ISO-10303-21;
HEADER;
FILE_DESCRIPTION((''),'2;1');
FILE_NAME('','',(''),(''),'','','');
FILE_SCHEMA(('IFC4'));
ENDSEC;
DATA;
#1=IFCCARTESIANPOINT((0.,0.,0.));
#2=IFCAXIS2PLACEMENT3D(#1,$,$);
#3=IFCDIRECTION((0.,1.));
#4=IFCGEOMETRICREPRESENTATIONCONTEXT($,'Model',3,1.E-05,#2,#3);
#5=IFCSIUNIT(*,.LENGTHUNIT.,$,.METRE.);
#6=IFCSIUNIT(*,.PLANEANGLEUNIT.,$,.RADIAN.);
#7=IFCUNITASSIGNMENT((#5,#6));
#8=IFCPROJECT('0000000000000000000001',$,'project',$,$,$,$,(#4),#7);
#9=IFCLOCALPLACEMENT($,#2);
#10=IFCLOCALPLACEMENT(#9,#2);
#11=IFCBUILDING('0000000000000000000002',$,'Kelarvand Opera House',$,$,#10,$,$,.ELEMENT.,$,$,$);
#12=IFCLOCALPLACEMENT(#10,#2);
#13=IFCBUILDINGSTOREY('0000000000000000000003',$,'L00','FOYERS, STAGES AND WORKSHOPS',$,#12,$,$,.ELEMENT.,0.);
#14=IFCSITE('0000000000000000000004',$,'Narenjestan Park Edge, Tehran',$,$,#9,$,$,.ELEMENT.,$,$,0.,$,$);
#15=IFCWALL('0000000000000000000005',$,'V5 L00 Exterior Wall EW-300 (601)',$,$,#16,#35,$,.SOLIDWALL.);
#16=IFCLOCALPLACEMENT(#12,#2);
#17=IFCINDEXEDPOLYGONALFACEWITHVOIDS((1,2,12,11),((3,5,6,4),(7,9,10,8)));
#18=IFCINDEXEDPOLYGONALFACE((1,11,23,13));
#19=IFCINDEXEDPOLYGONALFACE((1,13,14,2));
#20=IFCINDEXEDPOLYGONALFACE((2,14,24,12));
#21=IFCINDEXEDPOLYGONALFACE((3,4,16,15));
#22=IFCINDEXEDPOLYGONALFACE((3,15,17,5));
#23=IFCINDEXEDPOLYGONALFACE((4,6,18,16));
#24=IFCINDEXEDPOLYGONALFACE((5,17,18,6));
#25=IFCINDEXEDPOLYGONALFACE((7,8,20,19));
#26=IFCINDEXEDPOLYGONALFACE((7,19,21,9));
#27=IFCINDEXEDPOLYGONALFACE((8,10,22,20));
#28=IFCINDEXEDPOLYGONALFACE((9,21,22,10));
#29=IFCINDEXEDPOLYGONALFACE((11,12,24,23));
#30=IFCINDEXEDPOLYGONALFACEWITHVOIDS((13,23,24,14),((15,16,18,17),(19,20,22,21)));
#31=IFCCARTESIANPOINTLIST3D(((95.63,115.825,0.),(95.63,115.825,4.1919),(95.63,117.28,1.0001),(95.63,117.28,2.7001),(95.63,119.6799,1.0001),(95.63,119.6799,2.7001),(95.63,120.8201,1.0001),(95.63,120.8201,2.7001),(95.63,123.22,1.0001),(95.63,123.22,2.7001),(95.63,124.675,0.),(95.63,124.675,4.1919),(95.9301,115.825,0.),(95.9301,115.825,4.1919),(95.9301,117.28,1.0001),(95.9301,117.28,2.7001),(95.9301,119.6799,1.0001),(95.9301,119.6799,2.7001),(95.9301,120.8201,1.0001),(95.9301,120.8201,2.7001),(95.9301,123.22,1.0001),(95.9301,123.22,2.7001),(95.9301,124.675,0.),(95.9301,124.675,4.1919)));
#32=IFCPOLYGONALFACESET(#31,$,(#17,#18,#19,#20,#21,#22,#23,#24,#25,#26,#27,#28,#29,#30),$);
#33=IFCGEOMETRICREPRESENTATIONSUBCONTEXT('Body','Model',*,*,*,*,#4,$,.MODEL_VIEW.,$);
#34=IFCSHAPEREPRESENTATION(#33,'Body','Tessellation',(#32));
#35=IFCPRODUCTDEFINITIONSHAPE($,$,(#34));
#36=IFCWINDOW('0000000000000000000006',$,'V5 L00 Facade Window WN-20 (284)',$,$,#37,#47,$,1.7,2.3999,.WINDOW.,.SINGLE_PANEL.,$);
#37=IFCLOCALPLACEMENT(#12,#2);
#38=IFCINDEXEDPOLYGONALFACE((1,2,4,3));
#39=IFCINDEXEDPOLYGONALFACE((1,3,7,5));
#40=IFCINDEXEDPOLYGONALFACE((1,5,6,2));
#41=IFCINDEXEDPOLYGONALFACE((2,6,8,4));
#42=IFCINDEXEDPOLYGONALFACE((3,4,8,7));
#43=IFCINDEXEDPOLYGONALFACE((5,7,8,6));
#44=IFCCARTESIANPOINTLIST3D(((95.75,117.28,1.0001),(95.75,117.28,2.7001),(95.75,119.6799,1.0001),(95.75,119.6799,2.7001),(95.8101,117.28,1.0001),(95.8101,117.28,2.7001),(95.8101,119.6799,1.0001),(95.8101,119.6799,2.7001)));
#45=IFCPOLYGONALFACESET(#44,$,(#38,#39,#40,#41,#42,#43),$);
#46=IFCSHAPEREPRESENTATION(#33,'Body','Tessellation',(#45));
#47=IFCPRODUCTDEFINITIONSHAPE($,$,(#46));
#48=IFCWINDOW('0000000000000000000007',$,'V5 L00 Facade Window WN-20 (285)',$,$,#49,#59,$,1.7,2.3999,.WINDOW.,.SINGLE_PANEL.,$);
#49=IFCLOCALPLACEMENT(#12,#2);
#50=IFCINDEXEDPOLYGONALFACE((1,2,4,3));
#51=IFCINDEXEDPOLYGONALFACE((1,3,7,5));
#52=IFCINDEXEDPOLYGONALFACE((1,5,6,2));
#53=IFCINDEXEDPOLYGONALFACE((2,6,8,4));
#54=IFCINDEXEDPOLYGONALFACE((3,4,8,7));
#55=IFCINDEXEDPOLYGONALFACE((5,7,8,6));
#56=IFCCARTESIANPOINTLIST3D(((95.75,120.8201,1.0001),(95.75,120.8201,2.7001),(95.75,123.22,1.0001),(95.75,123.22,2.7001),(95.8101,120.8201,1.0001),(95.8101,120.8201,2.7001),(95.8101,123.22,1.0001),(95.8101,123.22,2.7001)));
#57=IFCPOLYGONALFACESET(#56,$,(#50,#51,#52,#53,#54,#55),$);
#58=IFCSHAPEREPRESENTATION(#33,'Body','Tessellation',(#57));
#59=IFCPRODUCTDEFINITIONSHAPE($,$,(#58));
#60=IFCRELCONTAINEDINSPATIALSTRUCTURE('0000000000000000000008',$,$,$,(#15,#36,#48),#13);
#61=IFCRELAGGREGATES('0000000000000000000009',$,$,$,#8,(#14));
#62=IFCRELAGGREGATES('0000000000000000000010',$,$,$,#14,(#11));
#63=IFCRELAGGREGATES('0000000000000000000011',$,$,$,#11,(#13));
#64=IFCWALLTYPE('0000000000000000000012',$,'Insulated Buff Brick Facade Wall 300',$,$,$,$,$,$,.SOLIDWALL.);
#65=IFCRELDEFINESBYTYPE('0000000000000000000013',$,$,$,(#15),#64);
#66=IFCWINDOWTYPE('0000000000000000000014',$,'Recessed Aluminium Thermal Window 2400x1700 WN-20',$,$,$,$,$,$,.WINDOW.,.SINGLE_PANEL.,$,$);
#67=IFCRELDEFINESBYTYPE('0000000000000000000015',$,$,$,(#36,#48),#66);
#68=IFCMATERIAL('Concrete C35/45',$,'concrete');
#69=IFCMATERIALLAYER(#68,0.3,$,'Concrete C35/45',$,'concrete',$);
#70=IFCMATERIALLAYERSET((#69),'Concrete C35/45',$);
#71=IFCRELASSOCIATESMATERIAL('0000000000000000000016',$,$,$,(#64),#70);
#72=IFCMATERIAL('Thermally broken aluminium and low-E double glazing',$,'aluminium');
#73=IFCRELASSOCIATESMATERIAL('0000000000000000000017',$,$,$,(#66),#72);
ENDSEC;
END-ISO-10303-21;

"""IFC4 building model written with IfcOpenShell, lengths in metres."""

from ifc_helpers import new_model, si_unit, direction, frame, frame_2d, origin, place, context, subcontext, project, spatial, rectangle, extrude, material, layer, layer_set, type_object, element, fill, save


model = new_model("IFC4")

# Units and contexts
model_context = context("Model", 3, precision=1e-05, world=origin(), true_north=direction((0.0, 1.0)))
body_context = subcontext(model_context, "Body", "Model", "MODEL_VIEW")
ifc_project = project(units=[si_unit("LENGTHUNIT", "METRE"), si_unit("PLANEANGLEUNIT", "RADIAN")], contexts=[model_context])

# Site, building, storey
site_placement = place(None, origin())
site = spatial("IfcSite", under=ifc_project, at=site_placement, Name="Narenjestan Park Edge, Tehran", CompositionType="ELEMENT", RefElevation=0.0)
building_placement = place(site_placement, origin())
building = spatial("IfcBuilding", under=site, at=building_placement, Name="Kelarvand Opera House", CompositionType="ELEMENT")
storey_placement = place(building_placement, origin())
storey = spatial("IfcBuildingStorey", under=building, at=storey_placement, Name="L00", Description="FOYERS, STAGES AND WORKSHOPS", CompositionType="ELEMENT", Elevation=0.0)

# Wall, openings, windows
ifc_material_1 = material(Name="Concrete C35/45", Category="concrete")
ifc_layer_1 = layer(ifc_material_1, 0.3, Name="Concrete C35/45", Category="concrete")
ifc_layer_set_1 = layer_set([ifc_layer_1], Name="Concrete C35/45")
wall_type = type_object("IfcWallType", Name="Insulated Buff Brick Facade Wall 300", PredefinedType="SOLIDWALL", material=ifc_layer_set_1)
ifc_material_2 = material(Name="Thermally broken aluminium and low-E double glazing", Category="aluminium")
wall_1_placement = place(storey_placement, frame((95.78, 115.825, 0.0), z_axis=(0.0, 0.0, 1.0), x_axis=(0.0, 1.0, 0.0)))
wall_1 = element("IfcWall", 1, at=wall_1_placement, inside=storey, type_object=wall_type, Name="V5 L00 Exterior Wall EW-300 (601)", PredefinedType="SOLIDWALL", context=body_context, shape_type="SweptSolid", body=[
    extrude(rectangle(XDim=8.8501, YDim=0.3, at=frame_2d((4.425, 0.0))), origin(), (0.0, 0.0, 1.0), 4.1919),
])
opening_1_placement = place(wall_1_placement, frame((1.4551, 0.0, 1.0)))
opening_1 = element("IfcOpeningElement", 2, at=opening_1_placement, cuts=wall_1, PredefinedType="OPENING", context=body_context, shape_type="SweptSolid", body=[
    extrude(rectangle(XDim=2.3999, YDim=1.7, at=frame_2d((1.2, 0.8501))), frame((0.0, 0.1602, 0.0), z_axis=(0.0, -1.0, 0.0), x_axis=(1.0, 0.0, 0.0)), (0.0, 0.0, 1.0), 0.3201),
])
opening_2_placement = place(wall_1_placement, frame((4.9951, 0.0, 1.0)))
opening_2 = element("IfcOpeningElement", 3, at=opening_2_placement, cuts=wall_1, PredefinedType="OPENING", context=body_context, shape_type="SweptSolid", body=[
    extrude(rectangle(XDim=2.3999, YDim=1.7, at=frame_2d((1.2, 0.8501))), frame((0.0, 0.1602, 0.0), z_axis=(0.0, -1.0, 0.0), x_axis=(1.0, 0.0, 0.0)), (0.0, 0.0, 1.0), 0.3201),
])
window_type_1 = type_object("IfcWindowType", Name="Recessed Aluminium Thermal Window 2400x1700 WN-20", PartitioningType="SINGLE_PANEL", PredefinedType="WINDOW", material=ifc_material_2)
window_1_placement = place(opening_1_placement, origin())
window_1 = element("IfcWindow", 4, at=window_1_placement, inside=storey, type_object=window_type_1, Name="V5 L00 Facade Window WN-20 (284)", OverallHeight=1.7, OverallWidth=2.3999, PartitioningType="SINGLE_PANEL", PredefinedType="WINDOW", context=body_context, shape_type="SweptSolid", body=[
    extrude(rectangle(XDim=2.3999, YDim=1.7, at=frame_2d((1.2, 0.8501))), frame((0.0, 0.03, 0.0), z_axis=(0.0, -1.0, 0.0), x_axis=(1.0, 0.0, 0.0)), (0.0, 0.0, 1.0), 0.0601),
])
fill(opening_1, window_1)
window_2_placement = place(opening_2_placement, origin())
window_2 = element("IfcWindow", 5, at=window_2_placement, inside=storey, type_object=window_type_1, Name="V5 L00 Facade Window WN-20 (285)", OverallHeight=1.7, OverallWidth=2.3999, PartitioningType="SINGLE_PANEL", PredefinedType="WINDOW", context=body_context, shape_type="SweptSolid", body=[
    extrude(rectangle(XDim=2.3999, YDim=1.7, at=frame_2d((1.2, 0.8501))), frame((0.0, 0.03, 0.0), z_axis=(0.0, -1.0, 0.0), x_axis=(1.0, 0.0, 0.0)), (0.0, 0.0, 1.0), 0.0601),
])
fill(opening_2, window_2)

save(model, "model.ifc")
